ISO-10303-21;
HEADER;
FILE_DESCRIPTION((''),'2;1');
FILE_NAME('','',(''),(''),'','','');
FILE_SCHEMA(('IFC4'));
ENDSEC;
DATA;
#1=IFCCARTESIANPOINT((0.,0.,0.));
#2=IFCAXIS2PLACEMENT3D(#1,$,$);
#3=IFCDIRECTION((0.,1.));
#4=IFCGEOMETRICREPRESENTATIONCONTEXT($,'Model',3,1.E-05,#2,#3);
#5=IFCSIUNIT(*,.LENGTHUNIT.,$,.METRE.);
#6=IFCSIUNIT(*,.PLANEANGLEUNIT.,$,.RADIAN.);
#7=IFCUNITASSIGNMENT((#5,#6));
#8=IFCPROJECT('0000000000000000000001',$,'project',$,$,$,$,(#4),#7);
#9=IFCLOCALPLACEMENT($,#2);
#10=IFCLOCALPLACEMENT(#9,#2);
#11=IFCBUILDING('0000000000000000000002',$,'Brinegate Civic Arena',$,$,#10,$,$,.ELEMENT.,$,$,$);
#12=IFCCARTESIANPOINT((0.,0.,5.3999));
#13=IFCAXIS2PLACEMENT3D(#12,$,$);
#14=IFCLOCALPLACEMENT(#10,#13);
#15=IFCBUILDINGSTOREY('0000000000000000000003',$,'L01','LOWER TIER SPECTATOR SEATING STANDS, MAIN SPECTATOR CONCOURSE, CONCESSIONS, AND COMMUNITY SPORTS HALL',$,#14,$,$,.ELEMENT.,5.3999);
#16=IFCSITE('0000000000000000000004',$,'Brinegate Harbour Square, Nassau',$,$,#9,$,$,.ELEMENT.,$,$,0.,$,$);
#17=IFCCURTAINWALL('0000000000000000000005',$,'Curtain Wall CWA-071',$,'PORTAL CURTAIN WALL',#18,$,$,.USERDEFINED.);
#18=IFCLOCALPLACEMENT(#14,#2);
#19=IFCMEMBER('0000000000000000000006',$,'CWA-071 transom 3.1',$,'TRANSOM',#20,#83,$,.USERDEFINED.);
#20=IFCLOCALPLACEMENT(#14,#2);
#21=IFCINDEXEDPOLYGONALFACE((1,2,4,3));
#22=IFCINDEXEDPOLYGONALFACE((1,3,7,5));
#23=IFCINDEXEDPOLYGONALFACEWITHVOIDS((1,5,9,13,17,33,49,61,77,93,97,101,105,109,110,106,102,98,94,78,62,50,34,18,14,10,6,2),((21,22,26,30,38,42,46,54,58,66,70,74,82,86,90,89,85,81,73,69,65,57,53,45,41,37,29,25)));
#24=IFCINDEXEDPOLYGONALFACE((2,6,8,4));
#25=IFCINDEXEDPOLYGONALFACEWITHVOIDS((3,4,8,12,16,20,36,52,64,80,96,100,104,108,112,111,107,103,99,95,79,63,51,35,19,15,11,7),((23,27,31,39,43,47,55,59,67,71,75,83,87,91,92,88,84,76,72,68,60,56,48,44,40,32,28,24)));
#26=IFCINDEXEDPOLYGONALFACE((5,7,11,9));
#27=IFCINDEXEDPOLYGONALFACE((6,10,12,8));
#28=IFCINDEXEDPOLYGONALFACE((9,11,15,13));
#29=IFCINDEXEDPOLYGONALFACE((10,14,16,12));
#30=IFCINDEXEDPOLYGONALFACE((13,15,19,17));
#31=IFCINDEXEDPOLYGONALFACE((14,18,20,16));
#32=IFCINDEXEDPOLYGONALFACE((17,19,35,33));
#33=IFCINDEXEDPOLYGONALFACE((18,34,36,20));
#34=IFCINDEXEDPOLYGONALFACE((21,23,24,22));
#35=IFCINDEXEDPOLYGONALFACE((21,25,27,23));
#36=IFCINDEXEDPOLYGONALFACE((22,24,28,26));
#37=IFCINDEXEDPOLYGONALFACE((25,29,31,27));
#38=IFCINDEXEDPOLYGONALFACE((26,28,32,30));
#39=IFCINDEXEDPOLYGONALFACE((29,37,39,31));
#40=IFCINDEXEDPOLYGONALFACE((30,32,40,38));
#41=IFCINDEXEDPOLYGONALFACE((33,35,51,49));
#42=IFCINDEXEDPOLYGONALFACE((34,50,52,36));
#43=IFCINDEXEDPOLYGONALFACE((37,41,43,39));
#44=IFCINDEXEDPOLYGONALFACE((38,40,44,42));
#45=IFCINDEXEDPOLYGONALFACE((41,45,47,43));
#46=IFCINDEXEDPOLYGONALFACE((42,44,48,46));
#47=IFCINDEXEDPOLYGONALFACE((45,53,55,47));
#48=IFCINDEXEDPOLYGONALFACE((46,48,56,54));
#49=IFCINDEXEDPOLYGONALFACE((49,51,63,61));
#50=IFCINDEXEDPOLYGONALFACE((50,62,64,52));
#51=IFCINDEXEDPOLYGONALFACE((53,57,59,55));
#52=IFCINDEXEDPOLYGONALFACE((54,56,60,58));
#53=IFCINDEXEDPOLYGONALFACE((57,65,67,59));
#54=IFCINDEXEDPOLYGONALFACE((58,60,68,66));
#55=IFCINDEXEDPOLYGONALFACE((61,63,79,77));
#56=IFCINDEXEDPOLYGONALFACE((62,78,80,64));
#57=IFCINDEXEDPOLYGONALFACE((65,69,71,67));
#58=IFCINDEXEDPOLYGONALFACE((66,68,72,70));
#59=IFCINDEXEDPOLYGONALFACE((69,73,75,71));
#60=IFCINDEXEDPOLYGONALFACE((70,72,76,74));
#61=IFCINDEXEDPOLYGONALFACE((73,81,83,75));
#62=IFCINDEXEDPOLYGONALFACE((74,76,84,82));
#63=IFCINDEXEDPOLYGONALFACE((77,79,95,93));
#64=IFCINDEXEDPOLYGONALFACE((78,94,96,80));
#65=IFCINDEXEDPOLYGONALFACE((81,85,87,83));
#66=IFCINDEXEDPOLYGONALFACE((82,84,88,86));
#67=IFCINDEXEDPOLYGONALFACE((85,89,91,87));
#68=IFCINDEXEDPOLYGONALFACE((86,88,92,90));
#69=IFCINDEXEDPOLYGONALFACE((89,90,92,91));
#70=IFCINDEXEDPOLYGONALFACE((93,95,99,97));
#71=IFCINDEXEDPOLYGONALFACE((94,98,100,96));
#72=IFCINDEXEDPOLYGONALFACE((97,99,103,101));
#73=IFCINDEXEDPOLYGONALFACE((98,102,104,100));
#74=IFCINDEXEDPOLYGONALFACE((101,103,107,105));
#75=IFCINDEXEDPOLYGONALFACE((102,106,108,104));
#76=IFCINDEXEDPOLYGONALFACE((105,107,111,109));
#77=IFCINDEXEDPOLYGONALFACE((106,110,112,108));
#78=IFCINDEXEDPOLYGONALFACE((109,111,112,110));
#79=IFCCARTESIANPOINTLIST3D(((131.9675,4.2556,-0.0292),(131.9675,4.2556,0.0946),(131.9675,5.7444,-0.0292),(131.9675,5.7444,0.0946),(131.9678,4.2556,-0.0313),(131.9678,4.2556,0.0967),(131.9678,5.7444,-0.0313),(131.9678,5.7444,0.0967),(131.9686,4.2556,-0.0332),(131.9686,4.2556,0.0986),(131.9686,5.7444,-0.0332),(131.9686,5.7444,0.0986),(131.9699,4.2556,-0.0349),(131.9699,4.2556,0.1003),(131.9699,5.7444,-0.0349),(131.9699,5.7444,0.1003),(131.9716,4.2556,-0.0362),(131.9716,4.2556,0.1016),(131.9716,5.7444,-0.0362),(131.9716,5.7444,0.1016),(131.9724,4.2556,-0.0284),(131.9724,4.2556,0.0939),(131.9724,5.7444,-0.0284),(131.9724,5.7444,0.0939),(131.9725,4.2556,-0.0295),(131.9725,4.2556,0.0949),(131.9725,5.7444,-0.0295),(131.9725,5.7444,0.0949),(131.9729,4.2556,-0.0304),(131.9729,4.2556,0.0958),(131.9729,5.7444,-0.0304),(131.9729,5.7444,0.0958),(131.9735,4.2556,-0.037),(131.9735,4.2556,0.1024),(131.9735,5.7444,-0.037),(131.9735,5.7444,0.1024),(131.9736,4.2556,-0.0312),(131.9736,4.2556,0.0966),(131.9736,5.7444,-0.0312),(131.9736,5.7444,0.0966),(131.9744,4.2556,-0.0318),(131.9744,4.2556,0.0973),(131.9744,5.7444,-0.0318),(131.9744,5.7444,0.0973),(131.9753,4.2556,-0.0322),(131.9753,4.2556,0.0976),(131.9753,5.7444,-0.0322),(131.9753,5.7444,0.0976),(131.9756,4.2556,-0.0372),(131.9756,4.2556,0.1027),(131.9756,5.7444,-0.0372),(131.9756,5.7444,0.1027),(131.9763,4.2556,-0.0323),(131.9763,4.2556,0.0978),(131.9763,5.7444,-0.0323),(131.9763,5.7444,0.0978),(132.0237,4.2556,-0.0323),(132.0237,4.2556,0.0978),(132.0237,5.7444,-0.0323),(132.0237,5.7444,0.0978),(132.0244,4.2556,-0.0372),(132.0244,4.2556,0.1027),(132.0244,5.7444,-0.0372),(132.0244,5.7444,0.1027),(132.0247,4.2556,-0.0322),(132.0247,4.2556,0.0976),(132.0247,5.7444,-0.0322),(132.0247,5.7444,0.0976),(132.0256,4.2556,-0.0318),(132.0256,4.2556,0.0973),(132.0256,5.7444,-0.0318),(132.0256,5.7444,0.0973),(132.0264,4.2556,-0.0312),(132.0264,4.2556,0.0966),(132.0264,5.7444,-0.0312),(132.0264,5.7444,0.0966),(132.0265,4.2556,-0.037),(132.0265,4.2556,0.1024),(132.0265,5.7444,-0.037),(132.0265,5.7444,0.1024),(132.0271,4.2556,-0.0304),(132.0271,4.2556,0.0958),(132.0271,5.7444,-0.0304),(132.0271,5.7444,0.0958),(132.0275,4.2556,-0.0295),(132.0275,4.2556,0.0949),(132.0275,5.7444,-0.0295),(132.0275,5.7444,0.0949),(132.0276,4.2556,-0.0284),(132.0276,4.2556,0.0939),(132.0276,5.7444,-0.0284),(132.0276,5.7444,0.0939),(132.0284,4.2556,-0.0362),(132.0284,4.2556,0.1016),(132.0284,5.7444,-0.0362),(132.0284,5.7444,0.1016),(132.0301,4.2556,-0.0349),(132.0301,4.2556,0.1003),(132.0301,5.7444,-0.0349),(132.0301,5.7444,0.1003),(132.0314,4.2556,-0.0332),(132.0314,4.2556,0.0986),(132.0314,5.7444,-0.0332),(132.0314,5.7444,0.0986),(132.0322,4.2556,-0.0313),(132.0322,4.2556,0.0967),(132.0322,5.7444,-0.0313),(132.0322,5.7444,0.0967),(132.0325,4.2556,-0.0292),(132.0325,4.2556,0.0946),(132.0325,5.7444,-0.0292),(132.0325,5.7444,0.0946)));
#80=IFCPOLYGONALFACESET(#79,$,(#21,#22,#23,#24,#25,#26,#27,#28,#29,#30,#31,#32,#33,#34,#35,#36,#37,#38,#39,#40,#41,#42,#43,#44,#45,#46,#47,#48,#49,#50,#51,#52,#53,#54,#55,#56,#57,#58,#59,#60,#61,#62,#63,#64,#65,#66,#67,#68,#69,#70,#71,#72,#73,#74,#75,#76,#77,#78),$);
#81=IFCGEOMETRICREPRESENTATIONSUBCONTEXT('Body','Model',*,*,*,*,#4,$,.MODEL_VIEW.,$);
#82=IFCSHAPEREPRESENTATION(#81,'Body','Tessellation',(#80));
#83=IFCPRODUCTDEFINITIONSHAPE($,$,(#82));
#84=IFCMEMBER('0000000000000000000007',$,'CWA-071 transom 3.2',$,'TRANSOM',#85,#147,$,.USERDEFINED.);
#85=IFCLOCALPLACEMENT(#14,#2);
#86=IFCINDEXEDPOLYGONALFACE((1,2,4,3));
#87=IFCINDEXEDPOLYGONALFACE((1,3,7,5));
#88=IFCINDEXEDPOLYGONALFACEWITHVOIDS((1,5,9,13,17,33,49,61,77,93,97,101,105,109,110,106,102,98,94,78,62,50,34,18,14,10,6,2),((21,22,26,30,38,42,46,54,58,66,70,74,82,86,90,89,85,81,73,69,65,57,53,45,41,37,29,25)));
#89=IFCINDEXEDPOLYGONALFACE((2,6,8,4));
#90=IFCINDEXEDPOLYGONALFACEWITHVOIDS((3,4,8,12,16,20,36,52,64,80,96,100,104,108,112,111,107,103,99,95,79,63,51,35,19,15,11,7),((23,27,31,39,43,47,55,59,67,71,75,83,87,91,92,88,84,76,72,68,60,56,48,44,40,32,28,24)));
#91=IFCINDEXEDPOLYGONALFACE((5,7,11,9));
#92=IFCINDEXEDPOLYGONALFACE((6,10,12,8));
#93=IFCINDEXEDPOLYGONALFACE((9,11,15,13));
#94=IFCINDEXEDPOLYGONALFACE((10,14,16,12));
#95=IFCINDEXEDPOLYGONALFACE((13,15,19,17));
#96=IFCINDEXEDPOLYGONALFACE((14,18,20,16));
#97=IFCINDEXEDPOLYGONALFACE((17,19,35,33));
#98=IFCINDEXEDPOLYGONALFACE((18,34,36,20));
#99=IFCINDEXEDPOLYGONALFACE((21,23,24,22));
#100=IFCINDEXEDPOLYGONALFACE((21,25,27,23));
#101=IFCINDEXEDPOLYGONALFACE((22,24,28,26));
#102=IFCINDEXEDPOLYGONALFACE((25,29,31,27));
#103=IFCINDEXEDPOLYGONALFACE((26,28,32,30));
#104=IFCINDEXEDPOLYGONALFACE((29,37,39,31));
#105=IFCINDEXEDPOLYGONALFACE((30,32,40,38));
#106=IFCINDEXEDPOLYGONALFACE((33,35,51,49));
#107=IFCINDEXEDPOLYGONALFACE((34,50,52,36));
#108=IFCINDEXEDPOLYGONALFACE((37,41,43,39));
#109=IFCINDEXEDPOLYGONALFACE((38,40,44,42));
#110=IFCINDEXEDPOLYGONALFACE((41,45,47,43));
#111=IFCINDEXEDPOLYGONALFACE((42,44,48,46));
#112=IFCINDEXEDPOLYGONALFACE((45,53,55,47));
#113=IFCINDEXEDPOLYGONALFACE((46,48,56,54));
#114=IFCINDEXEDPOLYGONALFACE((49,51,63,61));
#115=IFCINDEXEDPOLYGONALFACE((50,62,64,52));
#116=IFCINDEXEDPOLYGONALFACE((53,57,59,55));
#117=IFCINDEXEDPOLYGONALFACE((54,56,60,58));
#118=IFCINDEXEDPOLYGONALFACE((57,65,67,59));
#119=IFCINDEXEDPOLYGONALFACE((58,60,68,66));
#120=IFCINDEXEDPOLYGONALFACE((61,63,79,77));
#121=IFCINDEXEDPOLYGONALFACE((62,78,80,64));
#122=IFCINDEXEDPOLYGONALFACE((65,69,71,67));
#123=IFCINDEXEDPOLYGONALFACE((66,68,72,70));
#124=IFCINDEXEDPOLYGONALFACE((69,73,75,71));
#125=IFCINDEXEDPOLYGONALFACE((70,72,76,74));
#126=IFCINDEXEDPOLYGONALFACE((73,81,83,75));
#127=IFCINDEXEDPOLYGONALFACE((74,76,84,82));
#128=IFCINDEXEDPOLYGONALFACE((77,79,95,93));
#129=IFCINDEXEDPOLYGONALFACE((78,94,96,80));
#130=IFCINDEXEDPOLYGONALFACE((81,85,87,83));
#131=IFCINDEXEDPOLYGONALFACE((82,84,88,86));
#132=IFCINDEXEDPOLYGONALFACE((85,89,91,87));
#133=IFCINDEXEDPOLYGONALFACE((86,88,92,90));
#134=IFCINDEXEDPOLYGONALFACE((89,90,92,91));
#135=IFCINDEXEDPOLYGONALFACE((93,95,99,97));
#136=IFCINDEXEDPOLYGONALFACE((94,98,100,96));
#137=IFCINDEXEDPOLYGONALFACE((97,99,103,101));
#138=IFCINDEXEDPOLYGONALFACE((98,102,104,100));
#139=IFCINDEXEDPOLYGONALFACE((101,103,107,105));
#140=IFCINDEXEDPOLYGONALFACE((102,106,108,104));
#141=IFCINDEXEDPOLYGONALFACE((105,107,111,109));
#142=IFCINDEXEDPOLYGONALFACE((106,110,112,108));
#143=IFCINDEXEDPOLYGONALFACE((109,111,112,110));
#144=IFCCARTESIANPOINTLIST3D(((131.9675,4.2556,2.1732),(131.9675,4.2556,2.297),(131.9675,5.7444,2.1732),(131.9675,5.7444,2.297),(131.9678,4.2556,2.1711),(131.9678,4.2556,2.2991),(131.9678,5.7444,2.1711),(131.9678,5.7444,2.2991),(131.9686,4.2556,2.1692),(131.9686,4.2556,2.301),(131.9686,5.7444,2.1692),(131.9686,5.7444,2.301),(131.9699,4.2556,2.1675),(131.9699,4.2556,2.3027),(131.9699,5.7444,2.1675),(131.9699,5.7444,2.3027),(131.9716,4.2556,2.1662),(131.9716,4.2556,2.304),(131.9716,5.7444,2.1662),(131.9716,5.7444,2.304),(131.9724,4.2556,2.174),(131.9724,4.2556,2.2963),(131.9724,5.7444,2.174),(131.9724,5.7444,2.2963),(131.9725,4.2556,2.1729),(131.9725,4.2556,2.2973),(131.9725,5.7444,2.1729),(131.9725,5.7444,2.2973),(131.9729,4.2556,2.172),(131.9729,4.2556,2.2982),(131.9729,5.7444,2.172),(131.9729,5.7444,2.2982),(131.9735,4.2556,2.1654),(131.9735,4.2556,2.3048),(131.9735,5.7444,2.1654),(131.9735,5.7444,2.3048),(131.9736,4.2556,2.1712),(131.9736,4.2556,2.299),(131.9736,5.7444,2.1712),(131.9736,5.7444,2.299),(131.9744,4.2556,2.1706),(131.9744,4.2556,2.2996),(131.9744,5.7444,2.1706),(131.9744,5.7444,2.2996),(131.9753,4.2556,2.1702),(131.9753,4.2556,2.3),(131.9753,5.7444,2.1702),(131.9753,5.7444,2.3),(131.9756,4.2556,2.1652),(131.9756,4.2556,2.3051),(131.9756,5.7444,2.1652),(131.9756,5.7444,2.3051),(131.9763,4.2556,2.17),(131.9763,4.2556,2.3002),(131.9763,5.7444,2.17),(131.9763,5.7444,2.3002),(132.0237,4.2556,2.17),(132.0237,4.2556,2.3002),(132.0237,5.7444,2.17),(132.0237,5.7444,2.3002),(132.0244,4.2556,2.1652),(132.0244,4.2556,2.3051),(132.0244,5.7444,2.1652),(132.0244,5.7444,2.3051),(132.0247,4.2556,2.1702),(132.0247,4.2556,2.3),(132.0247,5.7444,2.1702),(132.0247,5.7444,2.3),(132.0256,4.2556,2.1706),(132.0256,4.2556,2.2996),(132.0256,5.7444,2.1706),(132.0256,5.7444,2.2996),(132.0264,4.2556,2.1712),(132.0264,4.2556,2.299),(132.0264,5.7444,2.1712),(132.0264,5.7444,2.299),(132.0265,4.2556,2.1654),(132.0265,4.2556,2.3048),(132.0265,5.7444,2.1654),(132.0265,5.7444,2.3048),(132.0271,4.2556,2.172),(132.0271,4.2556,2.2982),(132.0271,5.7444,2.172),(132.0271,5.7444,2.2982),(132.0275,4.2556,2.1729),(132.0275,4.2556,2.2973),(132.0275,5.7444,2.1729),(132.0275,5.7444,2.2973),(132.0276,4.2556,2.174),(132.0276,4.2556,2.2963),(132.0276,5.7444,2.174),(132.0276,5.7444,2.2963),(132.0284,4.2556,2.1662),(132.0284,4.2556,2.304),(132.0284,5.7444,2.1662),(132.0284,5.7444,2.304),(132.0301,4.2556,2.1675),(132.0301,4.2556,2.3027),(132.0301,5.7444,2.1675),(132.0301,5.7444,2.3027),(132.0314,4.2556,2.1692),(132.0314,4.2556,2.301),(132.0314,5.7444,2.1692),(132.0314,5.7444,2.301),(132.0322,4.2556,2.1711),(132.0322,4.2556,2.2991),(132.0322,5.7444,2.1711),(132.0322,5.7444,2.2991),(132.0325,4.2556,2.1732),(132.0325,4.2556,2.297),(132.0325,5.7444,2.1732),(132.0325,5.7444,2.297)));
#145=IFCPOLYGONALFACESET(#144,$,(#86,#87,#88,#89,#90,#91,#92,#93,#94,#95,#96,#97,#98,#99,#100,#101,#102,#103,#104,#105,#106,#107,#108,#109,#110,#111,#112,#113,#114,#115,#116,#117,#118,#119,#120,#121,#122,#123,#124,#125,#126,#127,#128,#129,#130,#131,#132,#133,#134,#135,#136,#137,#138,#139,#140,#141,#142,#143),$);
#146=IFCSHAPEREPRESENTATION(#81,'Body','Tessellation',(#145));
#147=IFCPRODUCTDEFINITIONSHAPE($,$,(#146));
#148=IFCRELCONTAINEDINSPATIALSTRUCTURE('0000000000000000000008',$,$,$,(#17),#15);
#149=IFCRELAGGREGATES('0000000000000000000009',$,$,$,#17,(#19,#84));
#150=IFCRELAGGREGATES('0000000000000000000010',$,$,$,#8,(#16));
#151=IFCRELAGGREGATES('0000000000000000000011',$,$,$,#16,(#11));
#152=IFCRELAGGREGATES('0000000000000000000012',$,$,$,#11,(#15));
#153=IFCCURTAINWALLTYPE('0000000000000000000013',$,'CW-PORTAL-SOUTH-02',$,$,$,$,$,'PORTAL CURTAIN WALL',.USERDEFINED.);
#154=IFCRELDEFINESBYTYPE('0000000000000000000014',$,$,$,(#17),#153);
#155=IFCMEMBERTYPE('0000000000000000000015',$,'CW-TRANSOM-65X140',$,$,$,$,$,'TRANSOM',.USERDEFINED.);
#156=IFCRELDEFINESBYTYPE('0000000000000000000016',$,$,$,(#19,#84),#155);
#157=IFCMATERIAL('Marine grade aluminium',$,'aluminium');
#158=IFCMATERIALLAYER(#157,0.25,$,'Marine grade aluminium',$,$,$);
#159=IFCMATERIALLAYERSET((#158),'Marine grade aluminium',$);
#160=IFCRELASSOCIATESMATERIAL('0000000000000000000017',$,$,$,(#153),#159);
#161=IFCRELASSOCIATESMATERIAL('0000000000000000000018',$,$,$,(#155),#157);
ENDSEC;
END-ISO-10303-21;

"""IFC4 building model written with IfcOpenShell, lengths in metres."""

from ifc_helpers import new_model, si_unit, direction, frame, origin, origin_2d, place, context, subcontext, project, spatial, hollow_rectangle, extrude, material, layer, layer_set, material_profile, profile_set, type_object, element, aggregate, save


model = new_model("IFC4")

# Units and contexts
model_context = context("Model", 3, precision=1e-05, world=origin(), true_north=direction((0.0, 1.0)))
body_context = subcontext(model_context, "Body", "Model", "MODEL_VIEW")
ifc_project = project(units=[si_unit("LENGTHUNIT", "METRE"), si_unit("PLANEANGLEUNIT", "RADIAN")], contexts=[model_context])

# Site, building, storey
site_placement = place(None, origin())
site = spatial("IfcSite", under=ifc_project, at=site_placement, Name="Brinegate Harbour Square, Nassau", CompositionType="ELEMENT", RefElevation=0.0)
building_placement = place(site_placement, origin())
building = spatial("IfcBuilding", under=site, at=building_placement, Name="Brinegate Civic Arena", CompositionType="ELEMENT")
storey_placement = place(building_placement, frame((0.0, 0.0, 5.3999)))
storey = spatial("IfcBuildingStorey", under=building, at=storey_placement, Name="L01", Description="LOWER TIER SPECTATOR SEATING STANDS, MAIN SPECTATOR CONCOURSE, CONCESSIONS, AND COMMUNITY SPORTS HALL", CompositionType="ELEMENT", Elevation=5.3999)

# Curtain wall, members
ifc_material_1 = material(Name="Marine grade aluminium", Category="aluminium")
ifc_layer_1 = layer(ifc_material_1, 0.25, Name="Marine grade aluminium")
ifc_layer_set_1 = layer_set([ifc_layer_1], Name="Marine grade aluminium")
curtain_wall_type = type_object("IfcCurtainWallType", Name="CW-PORTAL-SOUTH-02", ElementType="PORTAL CURTAIN WALL", PredefinedType="USERDEFINED", material=ifc_layer_set_1)
curtain_wall_placement = place(storey_placement, origin())
curtain_wall = element("IfcCurtainWall", 1, at=curtain_wall_placement, inside=storey, type_object=curtain_wall_type, Name="Curtain Wall CWA-071", ObjectType="PORTAL CURTAIN WALL", PredefinedType="USERDEFINED")
ifc_material_profile_1 = material_profile(ifc_material_1, hollow_rectangle(XDim=0.0649, YDim=0.1399, WallThickness=0.0049, InnerFilletRadius=0.0039, OuterFilletRadius=0.0081, at=origin_2d()), Name="TRN65X140")
ifc_profile_set_1 = profile_set([ifc_material_profile_1], Name="Marine grade aluminium")
member_type_1 = type_object("IfcMemberType", Name="CW-TRANSOM-65X140", ElementType="TRANSOM", PredefinedType="USERDEFINED", material=ifc_profile_set_1)
member_1_placement = place(storey_placement, frame((132.0, 4.2556, 0.0327), z_axis=(0.0, 1.0, 0.0), x_axis=(-1.0, 0.0, 0.0)))
member_1 = element("IfcMember", 2, at=member_1_placement, type_object=member_type_1, Name="CWA-071 transom 3.1", ObjectType="TRANSOM", PredefinedType="USERDEFINED", context=body_context, shape_type="SweptSolid", body=[
    extrude(hollow_rectangle(XDim=0.0649, YDim=0.1399, WallThickness=0.0049, InnerFilletRadius=0.0039, OuterFilletRadius=0.0081, at=origin_2d()), origin(), (0.0, 0.0, 1.0), 1.4888),
])
member_2_placement = place(storey_placement, frame((132.0, 4.2556, 2.2351), z_axis=(0.0, 1.0, 0.0), x_axis=(-1.0, 0.0, 0.0)))
member_2 = element("IfcMember", 3, at=member_2_placement, type_object=member_type_1, Name="CWA-071 transom 3.2", ObjectType="TRANSOM", PredefinedType="USERDEFINED", context=body_context, shape_type="SweptSolid", body=[
    extrude(hollow_rectangle(XDim=0.0649, YDim=0.1399, WallThickness=0.0049, InnerFilletRadius=0.0039, OuterFilletRadius=0.0081, at=origin_2d()), origin(), (0.0, 0.0, 1.0), 1.4888),
])

aggregate(curtain_wall, [member_1, member_2])

save(model, "model.ifc")
